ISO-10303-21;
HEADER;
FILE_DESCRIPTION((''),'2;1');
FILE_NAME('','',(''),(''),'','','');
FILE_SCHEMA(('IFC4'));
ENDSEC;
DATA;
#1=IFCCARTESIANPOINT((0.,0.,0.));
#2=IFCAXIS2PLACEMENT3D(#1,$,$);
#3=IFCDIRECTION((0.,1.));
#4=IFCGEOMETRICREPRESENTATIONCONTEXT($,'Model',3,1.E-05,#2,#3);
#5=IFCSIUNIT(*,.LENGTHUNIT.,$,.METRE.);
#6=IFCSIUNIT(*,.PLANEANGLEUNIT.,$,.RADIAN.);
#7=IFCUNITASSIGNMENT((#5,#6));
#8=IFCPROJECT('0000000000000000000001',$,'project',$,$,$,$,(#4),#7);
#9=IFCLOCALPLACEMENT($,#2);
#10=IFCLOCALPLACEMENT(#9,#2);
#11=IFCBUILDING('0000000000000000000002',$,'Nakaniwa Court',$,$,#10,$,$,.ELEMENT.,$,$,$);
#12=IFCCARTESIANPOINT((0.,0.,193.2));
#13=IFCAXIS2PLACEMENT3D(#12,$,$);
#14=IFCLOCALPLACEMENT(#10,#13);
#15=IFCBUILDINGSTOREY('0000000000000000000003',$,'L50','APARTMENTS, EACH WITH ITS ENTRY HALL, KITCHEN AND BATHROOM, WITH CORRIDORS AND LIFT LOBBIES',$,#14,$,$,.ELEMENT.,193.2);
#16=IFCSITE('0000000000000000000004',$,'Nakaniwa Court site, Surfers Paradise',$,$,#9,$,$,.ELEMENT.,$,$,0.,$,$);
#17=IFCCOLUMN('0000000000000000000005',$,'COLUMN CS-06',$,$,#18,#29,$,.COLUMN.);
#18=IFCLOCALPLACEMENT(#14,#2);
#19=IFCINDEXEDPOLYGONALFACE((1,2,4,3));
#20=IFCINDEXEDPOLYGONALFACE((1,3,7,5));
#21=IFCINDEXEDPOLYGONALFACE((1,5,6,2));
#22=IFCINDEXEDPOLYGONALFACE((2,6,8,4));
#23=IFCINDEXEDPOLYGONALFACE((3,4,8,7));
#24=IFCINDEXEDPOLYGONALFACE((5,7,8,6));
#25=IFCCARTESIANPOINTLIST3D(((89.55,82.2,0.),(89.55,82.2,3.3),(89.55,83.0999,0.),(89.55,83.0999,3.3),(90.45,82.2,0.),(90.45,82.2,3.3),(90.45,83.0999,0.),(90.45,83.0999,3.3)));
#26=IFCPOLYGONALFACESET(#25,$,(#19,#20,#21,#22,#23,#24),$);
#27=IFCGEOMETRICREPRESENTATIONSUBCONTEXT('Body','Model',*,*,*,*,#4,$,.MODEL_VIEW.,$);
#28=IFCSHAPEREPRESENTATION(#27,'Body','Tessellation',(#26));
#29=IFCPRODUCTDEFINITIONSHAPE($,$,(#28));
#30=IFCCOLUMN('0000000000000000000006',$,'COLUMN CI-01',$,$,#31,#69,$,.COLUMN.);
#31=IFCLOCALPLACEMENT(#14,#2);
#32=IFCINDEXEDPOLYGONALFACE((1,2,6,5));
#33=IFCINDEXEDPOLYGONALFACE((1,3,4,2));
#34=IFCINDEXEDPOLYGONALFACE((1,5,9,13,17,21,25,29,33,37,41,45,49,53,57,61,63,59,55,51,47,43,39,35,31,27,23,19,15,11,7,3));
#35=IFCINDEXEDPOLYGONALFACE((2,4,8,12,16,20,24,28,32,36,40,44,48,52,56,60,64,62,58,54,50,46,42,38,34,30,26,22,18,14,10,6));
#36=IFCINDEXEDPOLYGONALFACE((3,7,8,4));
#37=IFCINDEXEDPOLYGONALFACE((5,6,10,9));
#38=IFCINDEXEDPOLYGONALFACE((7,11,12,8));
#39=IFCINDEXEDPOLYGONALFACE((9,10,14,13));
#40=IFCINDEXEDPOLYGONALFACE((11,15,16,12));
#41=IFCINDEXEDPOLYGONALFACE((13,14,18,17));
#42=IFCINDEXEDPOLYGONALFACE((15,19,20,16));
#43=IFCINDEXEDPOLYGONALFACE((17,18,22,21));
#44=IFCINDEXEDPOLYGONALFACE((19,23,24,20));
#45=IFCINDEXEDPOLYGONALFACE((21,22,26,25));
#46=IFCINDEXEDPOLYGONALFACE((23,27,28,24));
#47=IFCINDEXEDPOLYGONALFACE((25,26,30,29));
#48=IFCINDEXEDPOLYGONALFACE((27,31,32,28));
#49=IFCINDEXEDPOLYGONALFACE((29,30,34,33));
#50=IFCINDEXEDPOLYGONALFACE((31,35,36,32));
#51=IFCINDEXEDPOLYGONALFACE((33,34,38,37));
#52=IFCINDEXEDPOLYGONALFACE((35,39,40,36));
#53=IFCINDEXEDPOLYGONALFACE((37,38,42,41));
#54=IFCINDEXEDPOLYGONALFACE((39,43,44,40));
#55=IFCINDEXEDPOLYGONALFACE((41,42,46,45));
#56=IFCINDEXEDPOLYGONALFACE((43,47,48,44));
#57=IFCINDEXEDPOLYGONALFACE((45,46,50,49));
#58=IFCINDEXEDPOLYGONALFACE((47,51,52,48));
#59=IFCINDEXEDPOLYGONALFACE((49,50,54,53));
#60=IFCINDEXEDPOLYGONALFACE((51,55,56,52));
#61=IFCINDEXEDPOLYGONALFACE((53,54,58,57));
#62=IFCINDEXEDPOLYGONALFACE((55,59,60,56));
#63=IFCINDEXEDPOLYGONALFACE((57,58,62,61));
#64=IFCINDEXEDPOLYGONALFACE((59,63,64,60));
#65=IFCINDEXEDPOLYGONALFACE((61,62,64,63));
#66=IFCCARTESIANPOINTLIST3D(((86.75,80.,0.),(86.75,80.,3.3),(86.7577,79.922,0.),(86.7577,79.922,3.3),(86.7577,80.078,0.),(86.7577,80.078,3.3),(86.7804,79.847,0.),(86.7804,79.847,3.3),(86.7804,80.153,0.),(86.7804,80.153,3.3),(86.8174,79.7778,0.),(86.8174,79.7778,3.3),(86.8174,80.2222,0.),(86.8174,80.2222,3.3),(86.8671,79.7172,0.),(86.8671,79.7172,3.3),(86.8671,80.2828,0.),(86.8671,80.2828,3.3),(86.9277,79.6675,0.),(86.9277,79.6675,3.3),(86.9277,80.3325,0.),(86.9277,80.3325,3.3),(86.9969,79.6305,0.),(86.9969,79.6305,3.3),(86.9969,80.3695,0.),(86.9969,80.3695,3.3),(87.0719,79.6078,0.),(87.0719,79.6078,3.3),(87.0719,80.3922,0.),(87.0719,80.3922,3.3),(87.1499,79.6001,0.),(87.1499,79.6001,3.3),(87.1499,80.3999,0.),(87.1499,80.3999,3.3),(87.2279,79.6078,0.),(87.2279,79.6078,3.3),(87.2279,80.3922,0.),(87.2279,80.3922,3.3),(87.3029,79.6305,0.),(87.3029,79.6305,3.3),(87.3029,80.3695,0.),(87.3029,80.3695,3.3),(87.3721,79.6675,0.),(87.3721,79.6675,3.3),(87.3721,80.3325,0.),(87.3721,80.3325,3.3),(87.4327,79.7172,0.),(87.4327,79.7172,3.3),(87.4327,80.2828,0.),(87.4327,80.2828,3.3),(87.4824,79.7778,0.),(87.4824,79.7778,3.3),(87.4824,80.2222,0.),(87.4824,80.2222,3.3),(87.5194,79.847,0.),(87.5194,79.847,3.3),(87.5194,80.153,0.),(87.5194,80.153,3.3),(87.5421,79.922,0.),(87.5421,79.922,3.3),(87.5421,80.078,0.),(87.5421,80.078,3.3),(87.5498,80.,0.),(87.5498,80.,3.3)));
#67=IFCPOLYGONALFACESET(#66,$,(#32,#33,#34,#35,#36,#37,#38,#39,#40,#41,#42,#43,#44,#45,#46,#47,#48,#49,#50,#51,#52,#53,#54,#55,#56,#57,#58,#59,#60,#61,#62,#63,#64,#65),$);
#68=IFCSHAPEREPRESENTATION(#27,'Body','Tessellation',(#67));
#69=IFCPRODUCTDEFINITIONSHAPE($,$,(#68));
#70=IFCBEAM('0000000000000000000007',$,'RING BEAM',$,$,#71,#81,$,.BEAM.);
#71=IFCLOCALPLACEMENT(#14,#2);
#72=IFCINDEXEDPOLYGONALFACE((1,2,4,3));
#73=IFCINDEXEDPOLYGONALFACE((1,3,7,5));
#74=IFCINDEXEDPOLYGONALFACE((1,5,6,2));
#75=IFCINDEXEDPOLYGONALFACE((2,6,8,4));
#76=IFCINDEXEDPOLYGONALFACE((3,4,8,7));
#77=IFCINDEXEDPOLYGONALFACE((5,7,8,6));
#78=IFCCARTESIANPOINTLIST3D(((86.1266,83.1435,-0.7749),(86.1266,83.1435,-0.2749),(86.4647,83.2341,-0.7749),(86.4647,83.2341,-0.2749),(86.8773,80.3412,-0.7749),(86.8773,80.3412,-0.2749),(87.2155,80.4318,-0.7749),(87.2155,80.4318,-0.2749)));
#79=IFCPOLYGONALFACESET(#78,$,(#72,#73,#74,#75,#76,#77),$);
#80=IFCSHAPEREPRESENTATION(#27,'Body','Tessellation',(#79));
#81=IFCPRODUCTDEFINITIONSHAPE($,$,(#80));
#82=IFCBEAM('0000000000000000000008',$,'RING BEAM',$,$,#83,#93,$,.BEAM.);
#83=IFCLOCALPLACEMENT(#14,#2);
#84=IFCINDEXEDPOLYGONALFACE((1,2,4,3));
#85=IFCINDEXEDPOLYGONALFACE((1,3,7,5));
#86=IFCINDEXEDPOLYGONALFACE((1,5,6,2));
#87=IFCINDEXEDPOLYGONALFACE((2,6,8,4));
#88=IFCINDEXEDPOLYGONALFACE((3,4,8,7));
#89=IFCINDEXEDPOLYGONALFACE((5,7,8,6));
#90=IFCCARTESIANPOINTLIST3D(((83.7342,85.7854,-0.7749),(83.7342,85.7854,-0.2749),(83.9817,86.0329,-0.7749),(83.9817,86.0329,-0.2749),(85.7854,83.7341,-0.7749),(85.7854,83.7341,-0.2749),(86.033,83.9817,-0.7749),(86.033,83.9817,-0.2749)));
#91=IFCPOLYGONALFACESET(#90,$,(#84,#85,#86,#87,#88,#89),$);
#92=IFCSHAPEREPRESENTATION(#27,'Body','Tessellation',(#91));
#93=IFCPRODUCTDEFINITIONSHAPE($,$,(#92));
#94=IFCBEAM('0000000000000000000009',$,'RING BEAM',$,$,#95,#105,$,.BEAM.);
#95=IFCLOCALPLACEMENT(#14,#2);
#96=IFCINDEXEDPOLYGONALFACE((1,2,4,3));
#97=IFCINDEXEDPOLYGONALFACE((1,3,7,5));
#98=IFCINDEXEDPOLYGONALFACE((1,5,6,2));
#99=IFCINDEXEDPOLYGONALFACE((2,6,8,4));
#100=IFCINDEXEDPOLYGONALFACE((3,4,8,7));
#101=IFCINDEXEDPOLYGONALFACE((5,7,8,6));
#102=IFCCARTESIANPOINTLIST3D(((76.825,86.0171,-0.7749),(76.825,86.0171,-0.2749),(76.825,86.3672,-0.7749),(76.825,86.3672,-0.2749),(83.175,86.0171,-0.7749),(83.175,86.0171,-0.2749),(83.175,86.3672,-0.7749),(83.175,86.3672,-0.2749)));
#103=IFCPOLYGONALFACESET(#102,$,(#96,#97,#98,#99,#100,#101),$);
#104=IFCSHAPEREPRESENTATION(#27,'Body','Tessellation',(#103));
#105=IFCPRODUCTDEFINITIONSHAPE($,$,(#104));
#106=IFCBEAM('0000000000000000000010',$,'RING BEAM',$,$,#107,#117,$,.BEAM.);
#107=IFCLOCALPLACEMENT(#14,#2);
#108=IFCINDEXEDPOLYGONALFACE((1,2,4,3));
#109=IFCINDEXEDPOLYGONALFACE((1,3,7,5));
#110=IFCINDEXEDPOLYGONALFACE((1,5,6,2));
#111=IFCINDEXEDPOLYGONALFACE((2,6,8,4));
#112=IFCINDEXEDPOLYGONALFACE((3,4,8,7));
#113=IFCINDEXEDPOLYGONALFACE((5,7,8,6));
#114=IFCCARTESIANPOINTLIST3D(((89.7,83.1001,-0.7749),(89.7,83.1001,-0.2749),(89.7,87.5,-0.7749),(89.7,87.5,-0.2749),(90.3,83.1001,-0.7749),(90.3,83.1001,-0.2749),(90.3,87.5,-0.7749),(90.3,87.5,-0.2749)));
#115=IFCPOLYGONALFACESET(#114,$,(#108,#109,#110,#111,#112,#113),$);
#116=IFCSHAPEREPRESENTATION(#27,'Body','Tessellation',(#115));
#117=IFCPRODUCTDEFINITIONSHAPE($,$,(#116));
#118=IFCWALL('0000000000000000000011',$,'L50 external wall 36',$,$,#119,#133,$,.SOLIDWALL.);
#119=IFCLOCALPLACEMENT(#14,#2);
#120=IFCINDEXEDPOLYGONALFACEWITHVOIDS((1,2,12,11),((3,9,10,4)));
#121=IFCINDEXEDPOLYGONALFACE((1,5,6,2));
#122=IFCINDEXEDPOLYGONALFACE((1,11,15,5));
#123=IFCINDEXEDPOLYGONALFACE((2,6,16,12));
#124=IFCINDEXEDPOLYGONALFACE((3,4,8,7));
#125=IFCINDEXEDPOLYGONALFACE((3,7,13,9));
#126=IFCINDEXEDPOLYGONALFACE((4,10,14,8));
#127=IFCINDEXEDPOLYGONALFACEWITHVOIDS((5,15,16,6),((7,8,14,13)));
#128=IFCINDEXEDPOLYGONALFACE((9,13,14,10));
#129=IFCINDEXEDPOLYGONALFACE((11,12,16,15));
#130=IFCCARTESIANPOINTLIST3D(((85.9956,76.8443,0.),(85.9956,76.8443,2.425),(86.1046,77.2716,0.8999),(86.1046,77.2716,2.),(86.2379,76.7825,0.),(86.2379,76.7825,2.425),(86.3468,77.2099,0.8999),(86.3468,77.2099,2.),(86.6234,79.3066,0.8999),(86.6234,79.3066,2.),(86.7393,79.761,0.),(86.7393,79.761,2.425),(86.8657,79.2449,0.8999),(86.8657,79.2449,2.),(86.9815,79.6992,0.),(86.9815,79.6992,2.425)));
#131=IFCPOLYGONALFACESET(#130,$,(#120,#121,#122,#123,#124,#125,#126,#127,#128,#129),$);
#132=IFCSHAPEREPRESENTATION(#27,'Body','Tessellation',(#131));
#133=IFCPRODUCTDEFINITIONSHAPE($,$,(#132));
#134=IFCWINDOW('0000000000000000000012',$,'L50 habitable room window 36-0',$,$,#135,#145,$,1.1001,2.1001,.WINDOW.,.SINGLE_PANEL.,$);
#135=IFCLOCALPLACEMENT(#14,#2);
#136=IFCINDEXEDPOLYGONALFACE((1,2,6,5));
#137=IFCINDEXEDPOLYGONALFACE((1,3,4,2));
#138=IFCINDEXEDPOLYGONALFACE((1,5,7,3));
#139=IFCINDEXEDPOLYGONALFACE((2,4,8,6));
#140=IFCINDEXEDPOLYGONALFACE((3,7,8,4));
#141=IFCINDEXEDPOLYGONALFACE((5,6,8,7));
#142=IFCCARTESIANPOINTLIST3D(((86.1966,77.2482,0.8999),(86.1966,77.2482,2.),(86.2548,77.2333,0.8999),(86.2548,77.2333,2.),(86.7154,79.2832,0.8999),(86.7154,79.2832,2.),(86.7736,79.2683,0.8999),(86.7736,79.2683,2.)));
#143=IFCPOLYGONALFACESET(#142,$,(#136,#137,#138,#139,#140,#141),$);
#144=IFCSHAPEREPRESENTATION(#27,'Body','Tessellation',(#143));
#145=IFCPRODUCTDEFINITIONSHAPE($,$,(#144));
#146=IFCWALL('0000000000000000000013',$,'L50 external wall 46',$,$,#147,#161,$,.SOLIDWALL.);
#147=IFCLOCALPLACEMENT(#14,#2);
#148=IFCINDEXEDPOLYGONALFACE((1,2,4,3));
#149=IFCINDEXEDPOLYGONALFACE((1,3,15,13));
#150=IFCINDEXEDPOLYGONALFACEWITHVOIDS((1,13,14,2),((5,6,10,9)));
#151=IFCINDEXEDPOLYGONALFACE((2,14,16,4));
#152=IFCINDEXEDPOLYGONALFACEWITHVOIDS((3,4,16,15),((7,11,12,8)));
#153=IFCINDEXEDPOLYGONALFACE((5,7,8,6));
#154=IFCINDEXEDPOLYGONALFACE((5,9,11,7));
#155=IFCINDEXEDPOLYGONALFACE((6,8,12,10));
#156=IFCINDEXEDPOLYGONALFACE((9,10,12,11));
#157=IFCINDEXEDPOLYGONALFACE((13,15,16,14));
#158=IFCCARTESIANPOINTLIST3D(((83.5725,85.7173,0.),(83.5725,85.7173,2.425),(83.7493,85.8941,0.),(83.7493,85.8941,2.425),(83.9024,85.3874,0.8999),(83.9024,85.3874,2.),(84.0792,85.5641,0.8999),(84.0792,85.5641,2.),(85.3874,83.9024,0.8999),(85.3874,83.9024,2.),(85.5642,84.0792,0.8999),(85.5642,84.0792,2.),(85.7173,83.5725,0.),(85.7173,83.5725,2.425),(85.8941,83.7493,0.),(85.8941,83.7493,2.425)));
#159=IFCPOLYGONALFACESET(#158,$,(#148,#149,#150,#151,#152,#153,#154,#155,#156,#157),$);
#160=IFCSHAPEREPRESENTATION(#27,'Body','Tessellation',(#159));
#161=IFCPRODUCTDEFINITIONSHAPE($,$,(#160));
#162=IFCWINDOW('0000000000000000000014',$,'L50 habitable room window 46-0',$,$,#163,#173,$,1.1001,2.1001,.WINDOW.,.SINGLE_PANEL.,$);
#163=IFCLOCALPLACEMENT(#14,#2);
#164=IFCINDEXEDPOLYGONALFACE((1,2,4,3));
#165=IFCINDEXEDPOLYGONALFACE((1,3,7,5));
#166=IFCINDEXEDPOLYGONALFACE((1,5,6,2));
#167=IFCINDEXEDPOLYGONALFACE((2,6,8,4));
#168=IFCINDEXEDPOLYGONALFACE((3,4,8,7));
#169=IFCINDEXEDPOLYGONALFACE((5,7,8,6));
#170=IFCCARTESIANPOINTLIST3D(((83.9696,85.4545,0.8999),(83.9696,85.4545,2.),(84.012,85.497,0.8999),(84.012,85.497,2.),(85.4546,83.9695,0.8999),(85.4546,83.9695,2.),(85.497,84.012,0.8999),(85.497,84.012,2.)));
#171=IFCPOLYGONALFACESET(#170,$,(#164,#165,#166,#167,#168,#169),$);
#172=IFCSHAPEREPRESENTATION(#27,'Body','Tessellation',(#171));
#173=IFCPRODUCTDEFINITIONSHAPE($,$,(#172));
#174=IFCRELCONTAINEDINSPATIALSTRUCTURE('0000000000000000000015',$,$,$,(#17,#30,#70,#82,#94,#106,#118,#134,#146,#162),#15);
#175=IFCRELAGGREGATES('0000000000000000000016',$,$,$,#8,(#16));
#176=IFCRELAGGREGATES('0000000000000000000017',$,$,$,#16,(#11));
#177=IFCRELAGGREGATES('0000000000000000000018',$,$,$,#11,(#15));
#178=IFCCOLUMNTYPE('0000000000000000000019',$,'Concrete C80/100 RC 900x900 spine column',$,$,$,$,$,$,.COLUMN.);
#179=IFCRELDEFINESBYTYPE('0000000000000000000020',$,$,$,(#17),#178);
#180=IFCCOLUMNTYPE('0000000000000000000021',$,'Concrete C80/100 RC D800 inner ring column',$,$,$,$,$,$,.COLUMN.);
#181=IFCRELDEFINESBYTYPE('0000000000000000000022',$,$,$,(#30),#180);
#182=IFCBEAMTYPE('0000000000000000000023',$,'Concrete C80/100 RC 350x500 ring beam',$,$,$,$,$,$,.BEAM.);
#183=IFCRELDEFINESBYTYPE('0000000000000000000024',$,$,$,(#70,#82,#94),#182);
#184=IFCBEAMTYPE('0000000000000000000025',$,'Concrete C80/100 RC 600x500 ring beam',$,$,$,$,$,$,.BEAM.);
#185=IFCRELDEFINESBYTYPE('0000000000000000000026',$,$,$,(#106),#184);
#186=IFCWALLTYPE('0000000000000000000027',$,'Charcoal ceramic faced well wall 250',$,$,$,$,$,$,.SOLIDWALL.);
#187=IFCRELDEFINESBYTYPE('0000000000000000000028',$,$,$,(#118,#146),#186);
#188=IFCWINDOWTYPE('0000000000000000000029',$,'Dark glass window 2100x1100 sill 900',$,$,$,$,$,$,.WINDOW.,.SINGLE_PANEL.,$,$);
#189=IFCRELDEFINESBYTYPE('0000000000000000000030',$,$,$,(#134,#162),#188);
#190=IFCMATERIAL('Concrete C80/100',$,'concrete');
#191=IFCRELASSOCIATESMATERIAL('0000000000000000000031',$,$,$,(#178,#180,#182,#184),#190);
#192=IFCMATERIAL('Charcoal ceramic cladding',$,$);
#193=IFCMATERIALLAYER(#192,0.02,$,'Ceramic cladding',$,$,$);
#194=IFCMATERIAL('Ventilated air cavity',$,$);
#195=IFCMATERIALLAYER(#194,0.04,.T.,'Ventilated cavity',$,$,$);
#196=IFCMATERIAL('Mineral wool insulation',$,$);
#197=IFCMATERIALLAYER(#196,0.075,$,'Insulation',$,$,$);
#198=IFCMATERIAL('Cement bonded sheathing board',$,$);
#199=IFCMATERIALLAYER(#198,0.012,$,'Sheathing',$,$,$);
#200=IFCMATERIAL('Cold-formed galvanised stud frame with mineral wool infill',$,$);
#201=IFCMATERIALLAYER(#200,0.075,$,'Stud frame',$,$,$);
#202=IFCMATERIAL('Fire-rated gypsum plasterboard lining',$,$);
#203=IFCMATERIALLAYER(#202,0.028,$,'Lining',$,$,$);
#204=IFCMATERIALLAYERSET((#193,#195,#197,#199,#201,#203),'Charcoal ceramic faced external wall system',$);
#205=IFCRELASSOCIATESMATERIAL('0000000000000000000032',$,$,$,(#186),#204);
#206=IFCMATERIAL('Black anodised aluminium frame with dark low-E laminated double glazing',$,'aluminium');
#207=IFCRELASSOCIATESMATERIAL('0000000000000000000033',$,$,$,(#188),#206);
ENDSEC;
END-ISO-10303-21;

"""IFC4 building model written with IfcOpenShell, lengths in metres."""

from ifc_helpers import new_model, si_unit, direction, frame, frame_2d, origin, origin_2d, place, context, subcontext, project, spatial, rectangle, circle, extrude, material, layer, layer_set, material_profile, profile_set, type_object, element, fill, save


model = new_model("IFC4")

# Units and contexts
model_context = context("Model", 3, precision=1e-05, world=origin(), true_north=direction((0.0, 1.0)))
body_context = subcontext(model_context, "Body", "Model", "MODEL_VIEW")
ifc_project = project(units=[si_unit("LENGTHUNIT", "METRE"), si_unit("PLANEANGLEUNIT", "RADIAN")], contexts=[model_context])

# Site, building, storey
site_placement = place(None, origin())
site = spatial("IfcSite", under=ifc_project, at=site_placement, Name="Nakaniwa Court site, Surfers Paradise", CompositionType="ELEMENT", RefElevation=0.0)
building_placement = place(site_placement, origin())
building = spatial("IfcBuilding", under=site, at=building_placement, Name="Nakaniwa Court", CompositionType="ELEMENT")
storey_placement = place(building_placement, frame((0.0, 0.0, 193.2)))
storey = spatial("IfcBuildingStorey", under=building, at=storey_placement, Name="L50", Description="APARTMENTS, EACH WITH ITS ENTRY HALL, KITCHEN AND BATHROOM, WITH CORRIDORS AND LIFT LOBBIES", CompositionType="ELEMENT", Elevation=193.2)

# Columns
ifc_material_1 = material(Name="Concrete C80/100", Category="concrete")
ifc_material_profile_1 = material_profile(ifc_material_1, rectangle(XDim=0.8999, YDim=0.8999, at=origin_2d()), Name="Concrete C80/100 RC 900x900 spine column")
ifc_profile_set_1 = profile_set([ifc_material_profile_1], Name="Concrete C80/100")
column_type_1 = type_object("IfcColumnType", Name="Concrete C80/100 RC 900x900 spine column", PredefinedType="COLUMN", material=ifc_profile_set_1)
column_placement = place(storey_placement, frame((90.0, 82.6499, 0.0), z_axis=(0.0, 0.0, 1.0), x_axis=(0.0, 1.0, 0.0)))
element("IfcColumn", 1, at=column_placement, inside=storey, type_object=column_type_1, Name="COLUMN CS-06", PredefinedType="COLUMN", context=body_context, shape_type="SweptSolid", body=[
    extrude(rectangle(XDim=0.8999, YDim=0.8999, at=origin_2d()), origin(), (0.0, 0.0, 1.0), 3.3),
])
ifc_material_profile_2 = material_profile(ifc_material_1, circle(Radius=0.3999, at=origin_2d()), Name="Concrete C80/100 RC D800 inner ring column")
ifc_profile_set_2 = profile_set([ifc_material_profile_2], Name="Concrete C80/100")
column_type_2 = type_object("IfcColumnType", Name="Concrete C80/100 RC D800 inner ring column", PredefinedType="COLUMN", material=ifc_profile_set_2)
for number, where, z_axis, x_axis, name in (
    (2, (87.1499, 80.0, 0.0), (0.0, 0.0, 1.0), (0.0, 1.0, 0.0), "COLUMN CI-01"),
):
    element("IfcColumn", number, at=place(storey_placement, frame(where, z_axis=z_axis, x_axis=x_axis)), inside=storey, type_object=column_type_2, Name=name, PredefinedType="COLUMN", context=body_context, shape_type="SweptSolid", body=[
        extrude(circle(Radius=0.3999, at=origin_2d()), origin(), (0.0, 0.0, 1.0), 3.3),
    ])

# Beams
ifc_material_profile_3 = material_profile(ifc_material_1, rectangle(XDim=0.3501, YDim=0.5, at=origin_2d()), Name="Concrete C80/100 RC 350x500 ring beam")
ifc_profile_set_3 = profile_set([ifc_material_profile_3], Name="Concrete C80/100")
beam_type_1 = type_object("IfcBeamType", Name="Concrete C80/100 RC 350x500 ring beam", PredefinedType="BEAM", material=ifc_profile_set_3)
beam_1_placement = place(storey_placement, frame((87.0464, 80.3865, -0.5249), z_axis=(-0.258778, 0.965937, 0.0), x_axis=(-0.965937, -0.258778, 0.0)))
element("IfcBeam", 3, at=beam_1_placement, inside=storey, type_object=beam_type_1, Name="RING BEAM", PredefinedType="BEAM", context=body_context, shape_type="SweptSolid", body=[
    extrude(rectangle(XDim=0.3501, YDim=0.5, at=origin_2d()), origin(), (0.0, 0.0, 1.0), 2.9011),
])
beam_2_placement = place(storey_placement, frame((85.9092, 83.8579, -0.5249), z_axis=(-0.707107, 0.707107, 0.0), x_axis=(-0.707107, -0.707107, 0.0)))
element("IfcBeam", 4, at=beam_2_placement, inside=storey, type_object=beam_type_1, Name="RING BEAM", PredefinedType="BEAM", context=body_context, shape_type="SweptSolid", body=[
    extrude(rectangle(XDim=0.3501, YDim=0.5, at=origin_2d()), origin(), (0.0, 0.0, 1.0), 2.9009),
])
beam_3_placement = place(storey_placement, frame((83.175, 86.1921, -0.5249), z_axis=(-1.0, 0.0, 0.0), x_axis=(0.0, -1.0, 0.0)))
element("IfcBeam", 5, at=beam_3_placement, inside=storey, type_object=beam_type_1, Name="RING BEAM", PredefinedType="BEAM", context=body_context, shape_type="SweptSolid", body=[
    extrude(rectangle(XDim=0.3501, YDim=0.5, at=origin_2d()), origin(), (0.0, 0.0, 1.0), 6.3501),
])
ifc_material_profile_4 = material_profile(ifc_material_1, rectangle(XDim=0.6001, YDim=0.5, at=origin_2d()), Name="Concrete C80/100 RC 600x500 ring beam")
ifc_profile_set_4 = profile_set([ifc_material_profile_4], Name="Concrete C80/100")
beam_type_2 = type_object("IfcBeamType", Name="Concrete C80/100 RC 600x500 ring beam", PredefinedType="BEAM", material=ifc_profile_set_4)
beam_4_placement = place(storey_placement, frame((90.0, 83.1001, -0.5249), z_axis=(0.0, 1.0, 0.0), x_axis=(-1.0, 0.0, 0.0)))
element("IfcBeam", 6, at=beam_4_placement, inside=storey, type_object=beam_type_2, Name="RING BEAM", PredefinedType="BEAM", context=body_context, shape_type="SweptSolid", body=[
    extrude(rectangle(XDim=0.6001, YDim=0.5, at=origin_2d()), origin(), (0.0, 0.0, 1.0), 4.3999),
])

# Walls, openings, windows
ifc_material_2 = material(Name="Charcoal ceramic cladding")
ifc_layer_1 = layer(ifc_material_2, 0.02, Name="Ceramic cladding")
ifc_material_3 = material(Name="Ventilated air cavity")
ifc_layer_2 = layer(ifc_material_3, 0.04, ventilated=True, Name="Ventilated cavity")
ifc_material_4 = material(Name="Mineral wool insulation")
ifc_layer_3 = layer(ifc_material_4, 0.075, Name="Insulation")
ifc_material_5 = material(Name="Cement bonded sheathing board")
ifc_layer_4 = layer(ifc_material_5, 0.012, Name="Sheathing")
ifc_material_6 = material(Name="Cold-formed galvanised stud frame with mineral wool infill")
ifc_layer_5 = layer(ifc_material_6, 0.075, Name="Stud frame")
ifc_material_7 = material(Name="Fire-rated gypsum plasterboard lining")
ifc_layer_6 = layer(ifc_material_7, 0.028, Name="Lining")
ifc_layer_set_1 = layer_set([ifc_layer_1, ifc_layer_2, ifc_layer_3, ifc_layer_4, ifc_layer_5, ifc_layer_6], Name="Charcoal ceramic faced external wall system")
wall_type_1 = type_object("IfcWallType", Name="Charcoal ceramic faced well wall 250", PredefinedType="SOLIDWALL", material=ifc_layer_set_1)
wall_1_placement = place(storey_placement, frame((86.8604, 79.73, 0.0), z_axis=(0.0, 0.0, 1.0), x_axis=(-0.247056, -0.969001, 0.0)))
wall_1 = element("IfcWall", 7, at=wall_1_placement, inside=storey, type_object=wall_type_1, Name="L50 external wall 36", PredefinedType="SOLIDWALL", context=body_context, shape_type="SweptSolid", body=[
    extrude(rectangle(XDim=3.01, YDim=0.25, at=frame_2d((1.5049, 0.0))), origin(), (0.0, 0.0, 1.0), 2.425),
])
opening_1_placement = place(wall_1_placement, frame((0.4688, 0.0, 0.8999)))
opening_1 = element("IfcOpeningElement", 8, at=opening_1_placement, cuts=wall_1, PredefinedType="OPENING", context=body_context, shape_type="SweptSolid", body=[
    extrude(rectangle(XDim=2.1001, YDim=1.1001, at=frame_2d((1.05, 0.55))), frame((0.0, 0.135, 0.0), z_axis=(0.0, -1.0, 0.0), x_axis=(1.0, 0.0, 0.0)), (0.0, 0.0, 1.0), 0.27),
])
ifc_material_8 = material(Name="Black anodised aluminium frame with dark low-E laminated double glazing", Category="aluminium")
window_type = type_object("IfcWindowType", Name="Dark glass window 2100x1100 sill 900", PartitioningType="SINGLE_PANEL", PredefinedType="WINDOW", material=ifc_material_8)
window_1_placement = place(opening_1_placement, origin())
window_1 = element("IfcWindow", 9, at=window_1_placement, inside=storey, type_object=window_type, Name="L50 habitable room window 36-0", OverallHeight=1.1001, OverallWidth=2.1001, PartitioningType="SINGLE_PANEL", PredefinedType="WINDOW", context=body_context, shape_type="SweptSolid", body=[
    extrude(rectangle(XDim=2.1001, YDim=1.1001, at=frame_2d((1.05, 0.55))), frame((0.0, 0.03, 0.0), z_axis=(0.0, -1.0, 0.0), x_axis=(1.0, 0.0, 0.0)), (0.0, 0.0, 1.0), 0.0601),
])
fill(opening_1, window_1)
wall_2_placement = place(storey_placement, frame((83.6609, 85.8057, 0.0), z_axis=(0.0, 0.0, 1.0), x_axis=(0.707107, -0.707107, 0.0)))
wall_2 = element("IfcWall", 10, at=wall_2_placement, inside=storey, type_object=wall_type_1, Name="L50 external wall 46", PredefinedType="SOLIDWALL", context=body_context, shape_type="SweptSolid", body=[
    extrude(rectangle(XDim=3.0332, YDim=0.25, at=frame_2d((1.5166, 0.0))), origin(), (0.0, 0.0, 1.0), 2.425),
])
opening_2_placement = place(wall_2_placement, frame((0.4666, 0.0, 0.8999)))
opening_2 = element("IfcOpeningElement", 11, at=opening_2_placement, cuts=wall_2, PredefinedType="OPENING", context=body_context, shape_type="SweptSolid", body=[
    extrude(rectangle(XDim=2.1001, YDim=1.1001, at=frame_2d((1.05, 0.55))), frame((0.0, 0.135, 0.0), z_axis=(0.0, -1.0, 0.0), x_axis=(1.0, 0.0, 0.0)), (0.0, 0.0, 1.0), 0.27),
])
window_2_placement = place(opening_2_placement, origin())
window_2 = element("IfcWindow", 12, at=window_2_placement, inside=storey, type_object=window_type, Name="L50 habitable room window 46-0", OverallHeight=1.1001, OverallWidth=2.1001, PartitioningType="SINGLE_PANEL", PredefinedType="WINDOW", context=body_context, shape_type="SweptSolid", body=[
    extrude(rectangle(XDim=2.1001, YDim=1.1001, at=frame_2d((1.05, 0.55))), frame((0.0, 0.03, 0.0), z_axis=(0.0, -1.0, 0.0), x_axis=(1.0, 0.0, 0.0)), (0.0, 0.0, 1.0), 0.0601),
])
fill(opening_2, window_2)

save(model, "model.ifc")
